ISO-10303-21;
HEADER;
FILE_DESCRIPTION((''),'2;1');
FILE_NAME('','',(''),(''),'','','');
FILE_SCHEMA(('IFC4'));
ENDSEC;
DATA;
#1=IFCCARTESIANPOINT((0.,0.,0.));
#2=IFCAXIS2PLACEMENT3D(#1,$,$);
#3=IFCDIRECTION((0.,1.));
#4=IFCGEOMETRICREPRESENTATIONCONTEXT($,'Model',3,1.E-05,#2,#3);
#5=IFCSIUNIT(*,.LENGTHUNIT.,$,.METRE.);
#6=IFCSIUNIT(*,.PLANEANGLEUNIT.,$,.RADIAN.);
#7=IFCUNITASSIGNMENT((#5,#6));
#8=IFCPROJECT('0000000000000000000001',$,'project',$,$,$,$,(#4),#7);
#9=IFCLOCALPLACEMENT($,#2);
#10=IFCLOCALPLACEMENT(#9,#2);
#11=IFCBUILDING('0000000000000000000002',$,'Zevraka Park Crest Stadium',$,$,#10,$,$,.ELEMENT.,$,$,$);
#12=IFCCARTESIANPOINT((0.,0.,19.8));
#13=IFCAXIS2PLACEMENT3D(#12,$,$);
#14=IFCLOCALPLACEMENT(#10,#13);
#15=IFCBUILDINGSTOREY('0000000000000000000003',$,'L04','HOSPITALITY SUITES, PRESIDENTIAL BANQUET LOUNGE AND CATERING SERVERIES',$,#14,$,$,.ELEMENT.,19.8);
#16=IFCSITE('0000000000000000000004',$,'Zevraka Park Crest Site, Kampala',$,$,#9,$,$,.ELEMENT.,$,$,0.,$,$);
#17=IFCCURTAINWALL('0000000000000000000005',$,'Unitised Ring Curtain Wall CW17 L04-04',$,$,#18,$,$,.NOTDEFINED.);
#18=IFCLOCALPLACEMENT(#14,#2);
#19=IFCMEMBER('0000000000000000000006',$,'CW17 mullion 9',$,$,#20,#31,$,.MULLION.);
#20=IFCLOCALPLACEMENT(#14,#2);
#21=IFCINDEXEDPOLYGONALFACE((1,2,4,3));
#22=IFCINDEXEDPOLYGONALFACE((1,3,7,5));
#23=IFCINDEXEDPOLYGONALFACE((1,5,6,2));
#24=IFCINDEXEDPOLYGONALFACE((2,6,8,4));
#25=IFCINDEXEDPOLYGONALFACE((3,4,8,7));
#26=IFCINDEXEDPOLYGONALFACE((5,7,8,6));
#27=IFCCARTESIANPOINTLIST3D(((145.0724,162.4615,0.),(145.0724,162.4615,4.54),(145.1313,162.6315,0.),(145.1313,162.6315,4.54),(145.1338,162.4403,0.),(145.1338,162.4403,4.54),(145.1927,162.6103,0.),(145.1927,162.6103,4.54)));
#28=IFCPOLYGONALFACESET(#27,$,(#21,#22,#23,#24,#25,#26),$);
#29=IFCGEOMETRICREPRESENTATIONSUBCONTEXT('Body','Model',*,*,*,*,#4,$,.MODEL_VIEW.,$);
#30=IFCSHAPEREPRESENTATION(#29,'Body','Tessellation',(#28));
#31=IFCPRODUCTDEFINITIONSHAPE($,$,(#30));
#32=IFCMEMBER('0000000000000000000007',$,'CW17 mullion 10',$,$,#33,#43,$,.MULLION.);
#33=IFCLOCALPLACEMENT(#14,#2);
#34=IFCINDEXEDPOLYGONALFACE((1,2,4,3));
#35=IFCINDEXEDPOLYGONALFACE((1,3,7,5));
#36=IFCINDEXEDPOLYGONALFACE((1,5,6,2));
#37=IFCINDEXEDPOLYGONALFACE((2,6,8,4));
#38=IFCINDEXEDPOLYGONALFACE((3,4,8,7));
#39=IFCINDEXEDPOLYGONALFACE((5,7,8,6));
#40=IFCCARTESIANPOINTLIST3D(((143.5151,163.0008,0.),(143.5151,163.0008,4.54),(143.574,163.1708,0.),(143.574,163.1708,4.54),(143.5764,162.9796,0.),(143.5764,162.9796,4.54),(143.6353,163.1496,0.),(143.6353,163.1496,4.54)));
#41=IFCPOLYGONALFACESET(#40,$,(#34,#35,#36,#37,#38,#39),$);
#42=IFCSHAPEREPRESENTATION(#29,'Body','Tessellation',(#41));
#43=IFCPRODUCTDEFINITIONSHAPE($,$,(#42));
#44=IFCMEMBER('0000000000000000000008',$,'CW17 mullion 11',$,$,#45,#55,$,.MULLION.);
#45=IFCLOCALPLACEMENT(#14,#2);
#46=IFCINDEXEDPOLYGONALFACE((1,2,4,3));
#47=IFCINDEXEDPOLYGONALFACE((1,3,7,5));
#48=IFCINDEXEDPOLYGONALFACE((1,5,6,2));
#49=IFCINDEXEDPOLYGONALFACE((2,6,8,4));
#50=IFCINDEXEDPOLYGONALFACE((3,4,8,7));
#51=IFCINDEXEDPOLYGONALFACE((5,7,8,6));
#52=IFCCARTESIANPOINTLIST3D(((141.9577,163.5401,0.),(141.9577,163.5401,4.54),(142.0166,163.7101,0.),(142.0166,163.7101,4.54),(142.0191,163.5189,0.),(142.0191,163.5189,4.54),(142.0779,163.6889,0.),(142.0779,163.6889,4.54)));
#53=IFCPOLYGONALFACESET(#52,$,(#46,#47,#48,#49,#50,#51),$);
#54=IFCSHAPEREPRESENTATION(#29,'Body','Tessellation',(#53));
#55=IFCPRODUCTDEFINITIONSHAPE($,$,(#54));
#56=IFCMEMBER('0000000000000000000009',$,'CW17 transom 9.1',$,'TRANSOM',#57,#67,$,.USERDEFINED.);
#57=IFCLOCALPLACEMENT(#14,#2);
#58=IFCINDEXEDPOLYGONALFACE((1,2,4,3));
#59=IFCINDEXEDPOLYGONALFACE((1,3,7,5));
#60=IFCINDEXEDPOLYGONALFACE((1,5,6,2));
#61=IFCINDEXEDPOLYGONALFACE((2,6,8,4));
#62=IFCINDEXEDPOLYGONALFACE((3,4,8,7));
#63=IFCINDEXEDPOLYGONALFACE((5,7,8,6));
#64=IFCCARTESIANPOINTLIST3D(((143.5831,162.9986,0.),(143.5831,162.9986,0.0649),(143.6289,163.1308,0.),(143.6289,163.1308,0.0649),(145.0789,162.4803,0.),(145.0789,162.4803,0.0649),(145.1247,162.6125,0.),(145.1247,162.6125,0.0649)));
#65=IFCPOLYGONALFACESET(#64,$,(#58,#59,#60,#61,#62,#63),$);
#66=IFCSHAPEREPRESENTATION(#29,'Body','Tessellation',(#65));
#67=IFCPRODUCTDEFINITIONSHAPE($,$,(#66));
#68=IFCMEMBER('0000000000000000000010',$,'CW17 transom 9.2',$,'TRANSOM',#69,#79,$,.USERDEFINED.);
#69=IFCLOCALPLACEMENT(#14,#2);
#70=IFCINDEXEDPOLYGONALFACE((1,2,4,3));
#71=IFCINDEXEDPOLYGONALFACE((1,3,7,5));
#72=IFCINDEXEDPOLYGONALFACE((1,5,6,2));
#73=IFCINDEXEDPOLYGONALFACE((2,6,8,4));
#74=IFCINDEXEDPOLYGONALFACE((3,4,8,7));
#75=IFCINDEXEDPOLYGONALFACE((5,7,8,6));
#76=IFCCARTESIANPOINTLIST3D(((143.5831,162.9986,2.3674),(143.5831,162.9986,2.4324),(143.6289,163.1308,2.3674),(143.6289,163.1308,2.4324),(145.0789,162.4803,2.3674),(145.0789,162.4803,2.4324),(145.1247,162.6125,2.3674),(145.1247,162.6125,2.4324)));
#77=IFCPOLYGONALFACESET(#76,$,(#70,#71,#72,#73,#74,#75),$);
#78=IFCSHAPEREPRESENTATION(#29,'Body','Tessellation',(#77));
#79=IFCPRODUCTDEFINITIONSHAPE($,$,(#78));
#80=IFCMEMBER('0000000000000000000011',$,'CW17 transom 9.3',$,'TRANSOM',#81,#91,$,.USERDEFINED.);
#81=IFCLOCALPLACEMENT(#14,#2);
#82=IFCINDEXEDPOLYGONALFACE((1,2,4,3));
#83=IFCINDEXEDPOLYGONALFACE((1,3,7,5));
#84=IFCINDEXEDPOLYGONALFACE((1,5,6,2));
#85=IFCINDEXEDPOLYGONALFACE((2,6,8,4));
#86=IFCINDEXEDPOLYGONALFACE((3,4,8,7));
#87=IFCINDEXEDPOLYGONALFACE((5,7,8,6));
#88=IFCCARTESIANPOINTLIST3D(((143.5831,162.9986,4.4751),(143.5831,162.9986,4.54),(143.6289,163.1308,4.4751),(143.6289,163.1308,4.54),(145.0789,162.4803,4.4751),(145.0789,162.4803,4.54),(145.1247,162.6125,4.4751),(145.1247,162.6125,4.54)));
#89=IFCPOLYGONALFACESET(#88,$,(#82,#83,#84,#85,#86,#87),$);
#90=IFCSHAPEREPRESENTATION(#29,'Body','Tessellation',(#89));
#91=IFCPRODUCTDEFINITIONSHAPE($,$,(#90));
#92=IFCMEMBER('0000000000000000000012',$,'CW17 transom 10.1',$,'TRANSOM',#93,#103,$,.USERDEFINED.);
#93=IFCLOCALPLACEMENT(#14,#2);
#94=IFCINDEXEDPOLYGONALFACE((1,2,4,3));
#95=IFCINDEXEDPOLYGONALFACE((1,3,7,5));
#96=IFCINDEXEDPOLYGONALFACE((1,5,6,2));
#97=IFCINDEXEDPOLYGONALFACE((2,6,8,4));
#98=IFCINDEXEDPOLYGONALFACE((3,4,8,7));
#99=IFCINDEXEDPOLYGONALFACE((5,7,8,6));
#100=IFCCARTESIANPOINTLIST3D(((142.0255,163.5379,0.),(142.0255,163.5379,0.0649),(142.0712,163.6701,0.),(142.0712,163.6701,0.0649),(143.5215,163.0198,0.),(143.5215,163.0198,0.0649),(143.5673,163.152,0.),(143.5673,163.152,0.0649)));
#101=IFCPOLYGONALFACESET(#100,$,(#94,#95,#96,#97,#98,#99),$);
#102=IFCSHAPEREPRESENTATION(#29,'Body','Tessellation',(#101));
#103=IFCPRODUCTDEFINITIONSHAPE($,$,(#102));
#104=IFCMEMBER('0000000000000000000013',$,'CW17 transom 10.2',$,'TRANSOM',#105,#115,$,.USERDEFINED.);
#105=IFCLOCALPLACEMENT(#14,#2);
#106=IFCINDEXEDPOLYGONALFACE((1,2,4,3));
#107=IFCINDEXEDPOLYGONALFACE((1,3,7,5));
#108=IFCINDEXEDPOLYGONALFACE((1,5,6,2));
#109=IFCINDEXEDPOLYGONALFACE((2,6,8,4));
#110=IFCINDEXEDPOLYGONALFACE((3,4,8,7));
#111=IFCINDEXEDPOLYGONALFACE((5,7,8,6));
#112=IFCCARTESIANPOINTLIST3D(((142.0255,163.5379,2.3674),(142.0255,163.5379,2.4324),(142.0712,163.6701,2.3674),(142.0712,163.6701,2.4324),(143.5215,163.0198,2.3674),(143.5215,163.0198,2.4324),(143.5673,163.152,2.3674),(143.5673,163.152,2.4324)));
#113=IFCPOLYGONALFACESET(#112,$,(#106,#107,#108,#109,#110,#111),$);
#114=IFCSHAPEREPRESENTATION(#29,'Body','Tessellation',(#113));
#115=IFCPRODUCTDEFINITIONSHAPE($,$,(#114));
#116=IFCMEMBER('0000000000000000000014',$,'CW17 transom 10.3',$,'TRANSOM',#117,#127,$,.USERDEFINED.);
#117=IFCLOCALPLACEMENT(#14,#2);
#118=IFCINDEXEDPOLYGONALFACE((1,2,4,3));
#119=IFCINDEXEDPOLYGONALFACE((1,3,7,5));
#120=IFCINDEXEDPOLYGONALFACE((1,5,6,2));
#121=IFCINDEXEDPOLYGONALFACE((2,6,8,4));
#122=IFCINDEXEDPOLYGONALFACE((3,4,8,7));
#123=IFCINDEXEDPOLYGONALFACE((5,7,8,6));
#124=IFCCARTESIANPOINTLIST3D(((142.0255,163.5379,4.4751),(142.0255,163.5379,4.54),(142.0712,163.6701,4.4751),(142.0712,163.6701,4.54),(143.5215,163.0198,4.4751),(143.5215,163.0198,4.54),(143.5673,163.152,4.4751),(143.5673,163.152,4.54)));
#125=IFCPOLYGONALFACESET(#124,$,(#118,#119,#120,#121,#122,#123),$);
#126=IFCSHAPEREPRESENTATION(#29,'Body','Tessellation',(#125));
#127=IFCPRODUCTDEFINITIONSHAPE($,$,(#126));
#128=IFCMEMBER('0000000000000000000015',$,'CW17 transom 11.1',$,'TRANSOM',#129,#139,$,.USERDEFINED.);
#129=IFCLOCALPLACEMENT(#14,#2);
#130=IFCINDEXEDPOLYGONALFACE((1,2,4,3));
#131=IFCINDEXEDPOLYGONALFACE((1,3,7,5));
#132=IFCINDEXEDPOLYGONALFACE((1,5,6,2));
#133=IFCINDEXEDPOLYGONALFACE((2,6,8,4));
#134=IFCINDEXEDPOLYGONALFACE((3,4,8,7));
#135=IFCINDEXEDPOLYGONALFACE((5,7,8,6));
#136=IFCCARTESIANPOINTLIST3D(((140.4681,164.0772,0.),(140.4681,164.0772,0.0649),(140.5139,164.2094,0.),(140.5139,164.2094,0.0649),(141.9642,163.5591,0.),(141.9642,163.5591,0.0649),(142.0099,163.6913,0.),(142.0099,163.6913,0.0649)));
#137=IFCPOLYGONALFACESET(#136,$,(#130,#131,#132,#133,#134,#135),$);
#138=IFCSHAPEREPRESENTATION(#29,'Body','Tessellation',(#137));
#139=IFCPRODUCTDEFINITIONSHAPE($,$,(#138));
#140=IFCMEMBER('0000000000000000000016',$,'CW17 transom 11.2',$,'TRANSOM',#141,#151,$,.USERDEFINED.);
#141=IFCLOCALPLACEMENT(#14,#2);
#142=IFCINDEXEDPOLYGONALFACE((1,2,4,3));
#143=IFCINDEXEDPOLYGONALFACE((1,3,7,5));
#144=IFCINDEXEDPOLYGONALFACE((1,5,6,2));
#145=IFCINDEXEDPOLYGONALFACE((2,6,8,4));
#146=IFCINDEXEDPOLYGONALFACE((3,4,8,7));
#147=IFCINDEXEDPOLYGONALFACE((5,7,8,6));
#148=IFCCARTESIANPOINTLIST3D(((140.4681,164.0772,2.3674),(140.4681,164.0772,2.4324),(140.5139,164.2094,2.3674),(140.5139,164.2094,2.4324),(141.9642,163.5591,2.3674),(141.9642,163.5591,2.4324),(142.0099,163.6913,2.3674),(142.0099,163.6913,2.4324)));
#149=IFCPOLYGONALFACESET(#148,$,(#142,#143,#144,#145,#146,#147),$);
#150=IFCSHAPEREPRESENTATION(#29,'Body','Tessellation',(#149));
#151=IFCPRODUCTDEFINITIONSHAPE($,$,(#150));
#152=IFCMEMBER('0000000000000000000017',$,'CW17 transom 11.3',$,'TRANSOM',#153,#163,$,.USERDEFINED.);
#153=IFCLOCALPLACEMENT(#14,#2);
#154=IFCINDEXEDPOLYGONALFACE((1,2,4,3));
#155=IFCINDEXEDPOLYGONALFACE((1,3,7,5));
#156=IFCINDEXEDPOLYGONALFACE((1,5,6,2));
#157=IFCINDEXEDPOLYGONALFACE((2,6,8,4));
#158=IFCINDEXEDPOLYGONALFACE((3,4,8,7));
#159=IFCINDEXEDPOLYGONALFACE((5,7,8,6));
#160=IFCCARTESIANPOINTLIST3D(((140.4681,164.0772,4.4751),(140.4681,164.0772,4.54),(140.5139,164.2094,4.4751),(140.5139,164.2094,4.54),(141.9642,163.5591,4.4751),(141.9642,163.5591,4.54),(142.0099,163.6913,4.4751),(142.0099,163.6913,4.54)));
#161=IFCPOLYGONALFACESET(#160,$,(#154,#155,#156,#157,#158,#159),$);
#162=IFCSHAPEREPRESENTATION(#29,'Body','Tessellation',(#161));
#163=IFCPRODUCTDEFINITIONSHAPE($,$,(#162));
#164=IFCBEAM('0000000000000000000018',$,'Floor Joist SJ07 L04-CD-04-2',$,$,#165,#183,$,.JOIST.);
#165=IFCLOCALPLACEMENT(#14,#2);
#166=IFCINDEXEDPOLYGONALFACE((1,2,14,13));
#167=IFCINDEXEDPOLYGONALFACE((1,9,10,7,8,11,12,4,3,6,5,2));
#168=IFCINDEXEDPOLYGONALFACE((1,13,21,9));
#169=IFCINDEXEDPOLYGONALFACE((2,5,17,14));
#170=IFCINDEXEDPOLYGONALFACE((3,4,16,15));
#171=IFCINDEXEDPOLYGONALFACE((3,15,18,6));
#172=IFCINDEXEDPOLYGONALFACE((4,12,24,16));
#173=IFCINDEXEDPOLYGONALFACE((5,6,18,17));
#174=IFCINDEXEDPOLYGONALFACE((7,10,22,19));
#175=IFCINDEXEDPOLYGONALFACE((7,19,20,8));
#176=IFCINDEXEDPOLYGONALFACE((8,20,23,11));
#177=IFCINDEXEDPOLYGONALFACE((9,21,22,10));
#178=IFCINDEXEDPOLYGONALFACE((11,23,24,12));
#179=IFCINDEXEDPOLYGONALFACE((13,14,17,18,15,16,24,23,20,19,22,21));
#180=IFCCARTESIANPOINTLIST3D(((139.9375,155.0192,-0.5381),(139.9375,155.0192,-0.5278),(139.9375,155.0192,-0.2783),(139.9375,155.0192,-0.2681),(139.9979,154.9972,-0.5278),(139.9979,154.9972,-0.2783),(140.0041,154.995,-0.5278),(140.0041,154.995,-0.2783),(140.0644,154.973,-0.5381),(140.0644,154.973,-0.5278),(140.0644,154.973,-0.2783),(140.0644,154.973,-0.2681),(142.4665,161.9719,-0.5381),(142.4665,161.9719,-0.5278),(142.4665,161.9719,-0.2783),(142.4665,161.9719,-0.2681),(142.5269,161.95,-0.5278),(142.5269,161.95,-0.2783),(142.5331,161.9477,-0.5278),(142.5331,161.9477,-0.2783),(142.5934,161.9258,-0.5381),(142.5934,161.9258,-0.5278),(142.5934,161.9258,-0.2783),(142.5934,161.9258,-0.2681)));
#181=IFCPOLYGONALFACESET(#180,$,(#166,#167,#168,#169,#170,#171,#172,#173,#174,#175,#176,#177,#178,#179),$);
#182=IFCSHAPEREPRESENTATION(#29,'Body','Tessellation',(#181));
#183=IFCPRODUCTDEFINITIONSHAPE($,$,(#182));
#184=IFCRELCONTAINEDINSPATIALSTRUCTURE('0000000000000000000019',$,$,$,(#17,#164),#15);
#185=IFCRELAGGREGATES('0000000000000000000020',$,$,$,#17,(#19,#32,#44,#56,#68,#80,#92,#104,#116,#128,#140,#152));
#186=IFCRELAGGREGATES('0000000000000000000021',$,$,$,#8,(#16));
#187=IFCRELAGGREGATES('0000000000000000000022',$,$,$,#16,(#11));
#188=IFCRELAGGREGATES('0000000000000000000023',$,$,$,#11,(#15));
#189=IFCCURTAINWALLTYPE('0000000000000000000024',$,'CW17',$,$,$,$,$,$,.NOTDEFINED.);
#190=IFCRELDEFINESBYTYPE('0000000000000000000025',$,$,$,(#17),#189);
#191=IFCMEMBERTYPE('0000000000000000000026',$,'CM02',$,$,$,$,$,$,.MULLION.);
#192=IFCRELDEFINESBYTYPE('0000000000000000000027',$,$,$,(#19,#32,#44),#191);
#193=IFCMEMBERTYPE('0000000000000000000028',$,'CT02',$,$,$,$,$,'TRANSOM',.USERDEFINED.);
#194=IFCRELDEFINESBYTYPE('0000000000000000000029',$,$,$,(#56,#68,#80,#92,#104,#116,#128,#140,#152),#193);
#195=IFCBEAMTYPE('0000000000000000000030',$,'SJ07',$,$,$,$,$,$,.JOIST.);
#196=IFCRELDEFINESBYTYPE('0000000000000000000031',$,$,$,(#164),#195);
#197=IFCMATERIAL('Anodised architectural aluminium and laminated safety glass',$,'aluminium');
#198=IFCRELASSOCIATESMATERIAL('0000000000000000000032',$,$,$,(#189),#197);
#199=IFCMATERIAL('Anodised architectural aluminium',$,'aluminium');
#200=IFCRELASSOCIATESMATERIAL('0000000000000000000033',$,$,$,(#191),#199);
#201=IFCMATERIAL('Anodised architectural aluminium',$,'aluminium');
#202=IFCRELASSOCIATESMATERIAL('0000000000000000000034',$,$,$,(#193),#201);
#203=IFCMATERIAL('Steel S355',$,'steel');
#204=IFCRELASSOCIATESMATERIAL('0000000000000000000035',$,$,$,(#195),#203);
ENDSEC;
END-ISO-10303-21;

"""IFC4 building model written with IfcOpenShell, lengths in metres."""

from ifc_helpers import new_model, si_unit, direction, frame, origin, origin_2d, place, context, subcontext, project, spatial, rectangle, i_section, extrude, material, material_profile, profile_set, type_object, element, aggregate, save


model = new_model("IFC4")

# Units and contexts
model_context = context("Model", 3, precision=1e-05, world=origin(), true_north=direction((0.0, 1.0)))
body_context = subcontext(model_context, "Body", "Model", "MODEL_VIEW")
ifc_project = project(units=[si_unit("LENGTHUNIT", "METRE"), si_unit("PLANEANGLEUNIT", "RADIAN")], contexts=[model_context])

# Site, building, storey
site_placement = place(None, origin())
site = spatial("IfcSite", under=ifc_project, at=site_placement, Name="Zevraka Park Crest Site, Kampala", CompositionType="ELEMENT", RefElevation=0.0)
building_placement = place(site_placement, origin())
building = spatial("IfcBuilding", under=site, at=building_placement, Name="Zevraka Park Crest Stadium", CompositionType="ELEMENT")
storey_placement = place(building_placement, frame((0.0, 0.0, 19.8)))
storey = spatial("IfcBuildingStorey", under=building, at=storey_placement, Name="L04", Description="HOSPITALITY SUITES, PRESIDENTIAL BANQUET LOUNGE AND CATERING SERVERIES", CompositionType="ELEMENT", Elevation=19.8)

# Curtain wall, members
ifc_material_1 = material(Name="Anodised architectural aluminium and laminated safety glass", Category="aluminium")
curtain_wall_type = type_object("IfcCurtainWallType", Name="CW17", PredefinedType="NOTDEFINED", material=ifc_material_1)
curtain_wall_placement = place(storey_placement, origin())
curtain_wall = element("IfcCurtainWall", 1, at=curtain_wall_placement, inside=storey, type_object=curtain_wall_type, Name="Unitised Ring Curtain Wall CW17 L04-04", PredefinedType="NOTDEFINED")
ifc_material_2 = material(Name="Anodised architectural aluminium", Category="aluminium")
ifc_material_profile_1 = material_profile(ifc_material_2, rectangle(XDim=0.1799, YDim=0.0649, at=origin_2d()), Name="ALU MULLION 180x65")
ifc_profile_set_1 = profile_set([ifc_material_profile_1], Name="Anodised architectural aluminium")
member_type_1 = type_object("IfcMemberType", Name="CM02", PredefinedType="MULLION", material=ifc_profile_set_1)
member_1_placement = place(storey_placement, frame((145.1326, 162.5359, 0.0), z_axis=(0.0, 0.0, 1.0), x_axis=(-0.327245, -0.94494, 0.0)))
member_1 = element("IfcMember", 2, at=member_1_placement, type_object=member_type_1, Name="CW17 mullion 9", PredefinedType="MULLION", context=body_context, shape_type="SweptSolid", body=[
    extrude(rectangle(XDim=0.1799, YDim=0.0649, at=origin_2d()), origin(), (0.0, 0.0, 1.0), 4.54),
])
member_2_placement = place(storey_placement, frame((143.5752, 163.0752, 0.0), z_axis=(0.0, 0.0, 1.0), x_axis=(-0.327245, -0.94494, 0.0)))
member_2 = element("IfcMember", 3, at=member_2_placement, type_object=member_type_1, Name="CW17 mullion 10", PredefinedType="MULLION", context=body_context, shape_type="SweptSolid", body=[
    extrude(rectangle(XDim=0.1799, YDim=0.0649, at=origin_2d()), origin(), (0.0, 0.0, 1.0), 4.54),
])
member_3_placement = place(storey_placement, frame((142.0178, 163.6145, 0.0), z_axis=(0.0, 0.0, 1.0), x_axis=(-0.327245, -0.94494, 0.0)))
member_3 = element("IfcMember", 4, at=member_3_placement, type_object=member_type_1, Name="CW17 mullion 11", PredefinedType="MULLION", context=body_context, shape_type="SweptSolid", body=[
    extrude(rectangle(XDim=0.1799, YDim=0.0649, at=origin_2d()), origin(), (0.0, 0.0, 1.0), 4.54),
])
ifc_material_3 = material(Name="Anodised architectural aluminium", Category="aluminium")
ifc_material_profile_2 = material_profile(ifc_material_3, rectangle(XDim=0.1399, YDim=0.0649, at=origin_2d()), Name="ALU TRANSOM 140x65")
ifc_profile_set_2 = profile_set([ifc_material_profile_2], Name="Anodised architectural aluminium")
member_type_2 = type_object("IfcMemberType", Name="CT02", ElementType="TRANSOM", PredefinedType="USERDEFINED", material=ifc_profile_set_2)
member_4_placement = place(storey_placement, frame((145.1018, 162.5464, 0.0325), z_axis=(-0.944885, 0.327402, 0.0), x_axis=(-0.327402, -0.944885, 0.0)))
member_4 = element("IfcMember", 5, at=member_4_placement, type_object=member_type_2, Name="CW17 transom 9.1", ObjectType="TRANSOM", PredefinedType="USERDEFINED", context=body_context, shape_type="SweptSolid", body=[
    extrude(rectangle(XDim=0.1399, YDim=0.0649, at=origin_2d()), origin(), (0.0, 0.0, 1.0), 1.583),
])
member_5_placement = place(storey_placement, frame((145.1018, 162.5464, 2.3999), z_axis=(-0.944885, 0.327402, 0.0), x_axis=(-0.327402, -0.944885, 0.0)))
member_5 = element("IfcMember", 6, at=member_5_placement, type_object=member_type_2, Name="CW17 transom 9.2", ObjectType="TRANSOM", PredefinedType="USERDEFINED", context=body_context, shape_type="SweptSolid", body=[
    extrude(rectangle(XDim=0.1399, YDim=0.0649, at=origin_2d()), origin(), (0.0, 0.0, 1.0), 1.583),
])
member_6_placement = place(storey_placement, frame((145.1018, 162.5464, 4.5076), z_axis=(-0.944885, 0.327402, 0.0), x_axis=(-0.327402, -0.944885, 0.0)))
member_6 = element("IfcMember", 7, at=member_6_placement, type_object=member_type_2, Name="CW17 transom 9.3", ObjectType="TRANSOM", PredefinedType="USERDEFINED", context=body_context, shape_type="SweptSolid", body=[
    extrude(rectangle(XDim=0.1399, YDim=0.0649, at=origin_2d()), origin(), (0.0, 0.0, 1.0), 1.583),
])
member_7_placement = place(storey_placement, frame((143.5444, 163.0859, 0.0325), z_axis=(-0.944949, 0.327216, 0.0), x_axis=(-0.327216, -0.944949, 0.0)))
member_7 = element("IfcMember", 8, at=member_7_placement, type_object=member_type_2, Name="CW17 transom 10.1", ObjectType="TRANSOM", PredefinedType="USERDEFINED", context=body_context, shape_type="SweptSolid", body=[
    extrude(rectangle(XDim=0.1399, YDim=0.0649, at=origin_2d()), origin(), (0.0, 0.0, 1.0), 1.5833),
])
member_8_placement = place(storey_placement, frame((143.5444, 163.0859, 2.3999), z_axis=(-0.944949, 0.327216, 0.0), x_axis=(-0.327216, -0.944949, 0.0)))
member_8 = element("IfcMember", 9, at=member_8_placement, type_object=member_type_2, Name="CW17 transom 10.2", ObjectType="TRANSOM", PredefinedType="USERDEFINED", context=body_context, shape_type="SweptSolid", body=[
    extrude(rectangle(XDim=0.1399, YDim=0.0649, at=origin_2d()), origin(), (0.0, 0.0, 1.0), 1.5833),
])
member_9_placement = place(storey_placement, frame((143.5444, 163.0859, 4.5076), z_axis=(-0.944949, 0.327216, 0.0), x_axis=(-0.327216, -0.944949, 0.0)))
member_9 = element("IfcMember", 10, at=member_9_placement, type_object=member_type_2, Name="CW17 transom 10.3", ObjectType="TRANSOM", PredefinedType="USERDEFINED", context=body_context, shape_type="SweptSolid", body=[
    extrude(rectangle(XDim=0.1399, YDim=0.0649, at=origin_2d()), origin(), (0.0, 0.0, 1.0), 1.5833),
])
member_10_placement = place(storey_placement, frame((141.9871, 163.6252, 0.0325), z_axis=(-0.944949, 0.327216, 0.0), x_axis=(-0.327216, -0.944949, 0.0)))
member_10 = element("IfcMember", 11, at=member_10_placement, type_object=member_type_2, Name="CW17 transom 11.1", ObjectType="TRANSOM", PredefinedType="USERDEFINED", context=body_context, shape_type="SweptSolid", body=[
    extrude(rectangle(XDim=0.1399, YDim=0.0649, at=origin_2d()), origin(), (0.0, 0.0, 1.0), 1.5833),
])
member_11_placement = place(storey_placement, frame((141.9871, 163.6252, 2.3999), z_axis=(-0.944949, 0.327216, 0.0), x_axis=(-0.327216, -0.944949, 0.0)))
member_11 = element("IfcMember", 12, at=member_11_placement, type_object=member_type_2, Name="CW17 transom 11.2", ObjectType="TRANSOM", PredefinedType="USERDEFINED", context=body_context, shape_type="SweptSolid", body=[
    extrude(rectangle(XDim=0.1399, YDim=0.0649, at=origin_2d()), origin(), (0.0, 0.0, 1.0), 1.5833),
])
member_12_placement = place(storey_placement, frame((141.9871, 163.6252, 4.5076), z_axis=(-0.944949, 0.327216, 0.0), x_axis=(-0.327216, -0.944949, 0.0)))
member_12 = element("IfcMember", 13, at=member_12_placement, type_object=member_type_2, Name="CW17 transom 11.3", ObjectType="TRANSOM", PredefinedType="USERDEFINED", context=body_context, shape_type="SweptSolid", body=[
    extrude(rectangle(XDim=0.1399, YDim=0.0649, at=origin_2d()), origin(), (0.0, 0.0, 1.0), 1.5833),
])

# Beam
ifc_material_4 = material(Name="Steel S355", Category="steel")
ifc_material_profile_3 = material_profile(ifc_material_4, i_section(OverallWidth=0.135, OverallDepth=0.27, WebThickness=0.0066, FlangeThickness=0.0103, at=origin_2d()), Name="IPE 270")
ifc_profile_set_3 = profile_set([ifc_material_profile_3], Name="Steel S355")
beam_type = type_object("IfcBeamType", Name="SJ07", PredefinedType="JOIST", material=ifc_profile_set_3)
beam_placement = place(storey_placement, frame((140.001, 154.9961, -0.4031), z_axis=(0.34183, 0.939762, 0.0), x_axis=(-0.939762, 0.34183, 0.0)))
element("IfcBeam", 14, at=beam_placement, inside=storey, type_object=beam_type, Name="Floor Joist SJ07 L04-CD-04-2", PredefinedType="JOIST", context=body_context, shape_type="SweptSolid", body=[
    extrude(i_section(OverallWidth=0.135, OverallDepth=0.27, WebThickness=0.0066, FlangeThickness=0.0103, at=origin_2d()), origin(), (0.0, 0.0, 1.0), 7.3984),
])

aggregate(curtain_wall, [member_1, member_2, member_3, member_4, member_5, member_6, member_7, member_8, member_9, member_10, member_11, member_12])

save(model, "model.ifc")
